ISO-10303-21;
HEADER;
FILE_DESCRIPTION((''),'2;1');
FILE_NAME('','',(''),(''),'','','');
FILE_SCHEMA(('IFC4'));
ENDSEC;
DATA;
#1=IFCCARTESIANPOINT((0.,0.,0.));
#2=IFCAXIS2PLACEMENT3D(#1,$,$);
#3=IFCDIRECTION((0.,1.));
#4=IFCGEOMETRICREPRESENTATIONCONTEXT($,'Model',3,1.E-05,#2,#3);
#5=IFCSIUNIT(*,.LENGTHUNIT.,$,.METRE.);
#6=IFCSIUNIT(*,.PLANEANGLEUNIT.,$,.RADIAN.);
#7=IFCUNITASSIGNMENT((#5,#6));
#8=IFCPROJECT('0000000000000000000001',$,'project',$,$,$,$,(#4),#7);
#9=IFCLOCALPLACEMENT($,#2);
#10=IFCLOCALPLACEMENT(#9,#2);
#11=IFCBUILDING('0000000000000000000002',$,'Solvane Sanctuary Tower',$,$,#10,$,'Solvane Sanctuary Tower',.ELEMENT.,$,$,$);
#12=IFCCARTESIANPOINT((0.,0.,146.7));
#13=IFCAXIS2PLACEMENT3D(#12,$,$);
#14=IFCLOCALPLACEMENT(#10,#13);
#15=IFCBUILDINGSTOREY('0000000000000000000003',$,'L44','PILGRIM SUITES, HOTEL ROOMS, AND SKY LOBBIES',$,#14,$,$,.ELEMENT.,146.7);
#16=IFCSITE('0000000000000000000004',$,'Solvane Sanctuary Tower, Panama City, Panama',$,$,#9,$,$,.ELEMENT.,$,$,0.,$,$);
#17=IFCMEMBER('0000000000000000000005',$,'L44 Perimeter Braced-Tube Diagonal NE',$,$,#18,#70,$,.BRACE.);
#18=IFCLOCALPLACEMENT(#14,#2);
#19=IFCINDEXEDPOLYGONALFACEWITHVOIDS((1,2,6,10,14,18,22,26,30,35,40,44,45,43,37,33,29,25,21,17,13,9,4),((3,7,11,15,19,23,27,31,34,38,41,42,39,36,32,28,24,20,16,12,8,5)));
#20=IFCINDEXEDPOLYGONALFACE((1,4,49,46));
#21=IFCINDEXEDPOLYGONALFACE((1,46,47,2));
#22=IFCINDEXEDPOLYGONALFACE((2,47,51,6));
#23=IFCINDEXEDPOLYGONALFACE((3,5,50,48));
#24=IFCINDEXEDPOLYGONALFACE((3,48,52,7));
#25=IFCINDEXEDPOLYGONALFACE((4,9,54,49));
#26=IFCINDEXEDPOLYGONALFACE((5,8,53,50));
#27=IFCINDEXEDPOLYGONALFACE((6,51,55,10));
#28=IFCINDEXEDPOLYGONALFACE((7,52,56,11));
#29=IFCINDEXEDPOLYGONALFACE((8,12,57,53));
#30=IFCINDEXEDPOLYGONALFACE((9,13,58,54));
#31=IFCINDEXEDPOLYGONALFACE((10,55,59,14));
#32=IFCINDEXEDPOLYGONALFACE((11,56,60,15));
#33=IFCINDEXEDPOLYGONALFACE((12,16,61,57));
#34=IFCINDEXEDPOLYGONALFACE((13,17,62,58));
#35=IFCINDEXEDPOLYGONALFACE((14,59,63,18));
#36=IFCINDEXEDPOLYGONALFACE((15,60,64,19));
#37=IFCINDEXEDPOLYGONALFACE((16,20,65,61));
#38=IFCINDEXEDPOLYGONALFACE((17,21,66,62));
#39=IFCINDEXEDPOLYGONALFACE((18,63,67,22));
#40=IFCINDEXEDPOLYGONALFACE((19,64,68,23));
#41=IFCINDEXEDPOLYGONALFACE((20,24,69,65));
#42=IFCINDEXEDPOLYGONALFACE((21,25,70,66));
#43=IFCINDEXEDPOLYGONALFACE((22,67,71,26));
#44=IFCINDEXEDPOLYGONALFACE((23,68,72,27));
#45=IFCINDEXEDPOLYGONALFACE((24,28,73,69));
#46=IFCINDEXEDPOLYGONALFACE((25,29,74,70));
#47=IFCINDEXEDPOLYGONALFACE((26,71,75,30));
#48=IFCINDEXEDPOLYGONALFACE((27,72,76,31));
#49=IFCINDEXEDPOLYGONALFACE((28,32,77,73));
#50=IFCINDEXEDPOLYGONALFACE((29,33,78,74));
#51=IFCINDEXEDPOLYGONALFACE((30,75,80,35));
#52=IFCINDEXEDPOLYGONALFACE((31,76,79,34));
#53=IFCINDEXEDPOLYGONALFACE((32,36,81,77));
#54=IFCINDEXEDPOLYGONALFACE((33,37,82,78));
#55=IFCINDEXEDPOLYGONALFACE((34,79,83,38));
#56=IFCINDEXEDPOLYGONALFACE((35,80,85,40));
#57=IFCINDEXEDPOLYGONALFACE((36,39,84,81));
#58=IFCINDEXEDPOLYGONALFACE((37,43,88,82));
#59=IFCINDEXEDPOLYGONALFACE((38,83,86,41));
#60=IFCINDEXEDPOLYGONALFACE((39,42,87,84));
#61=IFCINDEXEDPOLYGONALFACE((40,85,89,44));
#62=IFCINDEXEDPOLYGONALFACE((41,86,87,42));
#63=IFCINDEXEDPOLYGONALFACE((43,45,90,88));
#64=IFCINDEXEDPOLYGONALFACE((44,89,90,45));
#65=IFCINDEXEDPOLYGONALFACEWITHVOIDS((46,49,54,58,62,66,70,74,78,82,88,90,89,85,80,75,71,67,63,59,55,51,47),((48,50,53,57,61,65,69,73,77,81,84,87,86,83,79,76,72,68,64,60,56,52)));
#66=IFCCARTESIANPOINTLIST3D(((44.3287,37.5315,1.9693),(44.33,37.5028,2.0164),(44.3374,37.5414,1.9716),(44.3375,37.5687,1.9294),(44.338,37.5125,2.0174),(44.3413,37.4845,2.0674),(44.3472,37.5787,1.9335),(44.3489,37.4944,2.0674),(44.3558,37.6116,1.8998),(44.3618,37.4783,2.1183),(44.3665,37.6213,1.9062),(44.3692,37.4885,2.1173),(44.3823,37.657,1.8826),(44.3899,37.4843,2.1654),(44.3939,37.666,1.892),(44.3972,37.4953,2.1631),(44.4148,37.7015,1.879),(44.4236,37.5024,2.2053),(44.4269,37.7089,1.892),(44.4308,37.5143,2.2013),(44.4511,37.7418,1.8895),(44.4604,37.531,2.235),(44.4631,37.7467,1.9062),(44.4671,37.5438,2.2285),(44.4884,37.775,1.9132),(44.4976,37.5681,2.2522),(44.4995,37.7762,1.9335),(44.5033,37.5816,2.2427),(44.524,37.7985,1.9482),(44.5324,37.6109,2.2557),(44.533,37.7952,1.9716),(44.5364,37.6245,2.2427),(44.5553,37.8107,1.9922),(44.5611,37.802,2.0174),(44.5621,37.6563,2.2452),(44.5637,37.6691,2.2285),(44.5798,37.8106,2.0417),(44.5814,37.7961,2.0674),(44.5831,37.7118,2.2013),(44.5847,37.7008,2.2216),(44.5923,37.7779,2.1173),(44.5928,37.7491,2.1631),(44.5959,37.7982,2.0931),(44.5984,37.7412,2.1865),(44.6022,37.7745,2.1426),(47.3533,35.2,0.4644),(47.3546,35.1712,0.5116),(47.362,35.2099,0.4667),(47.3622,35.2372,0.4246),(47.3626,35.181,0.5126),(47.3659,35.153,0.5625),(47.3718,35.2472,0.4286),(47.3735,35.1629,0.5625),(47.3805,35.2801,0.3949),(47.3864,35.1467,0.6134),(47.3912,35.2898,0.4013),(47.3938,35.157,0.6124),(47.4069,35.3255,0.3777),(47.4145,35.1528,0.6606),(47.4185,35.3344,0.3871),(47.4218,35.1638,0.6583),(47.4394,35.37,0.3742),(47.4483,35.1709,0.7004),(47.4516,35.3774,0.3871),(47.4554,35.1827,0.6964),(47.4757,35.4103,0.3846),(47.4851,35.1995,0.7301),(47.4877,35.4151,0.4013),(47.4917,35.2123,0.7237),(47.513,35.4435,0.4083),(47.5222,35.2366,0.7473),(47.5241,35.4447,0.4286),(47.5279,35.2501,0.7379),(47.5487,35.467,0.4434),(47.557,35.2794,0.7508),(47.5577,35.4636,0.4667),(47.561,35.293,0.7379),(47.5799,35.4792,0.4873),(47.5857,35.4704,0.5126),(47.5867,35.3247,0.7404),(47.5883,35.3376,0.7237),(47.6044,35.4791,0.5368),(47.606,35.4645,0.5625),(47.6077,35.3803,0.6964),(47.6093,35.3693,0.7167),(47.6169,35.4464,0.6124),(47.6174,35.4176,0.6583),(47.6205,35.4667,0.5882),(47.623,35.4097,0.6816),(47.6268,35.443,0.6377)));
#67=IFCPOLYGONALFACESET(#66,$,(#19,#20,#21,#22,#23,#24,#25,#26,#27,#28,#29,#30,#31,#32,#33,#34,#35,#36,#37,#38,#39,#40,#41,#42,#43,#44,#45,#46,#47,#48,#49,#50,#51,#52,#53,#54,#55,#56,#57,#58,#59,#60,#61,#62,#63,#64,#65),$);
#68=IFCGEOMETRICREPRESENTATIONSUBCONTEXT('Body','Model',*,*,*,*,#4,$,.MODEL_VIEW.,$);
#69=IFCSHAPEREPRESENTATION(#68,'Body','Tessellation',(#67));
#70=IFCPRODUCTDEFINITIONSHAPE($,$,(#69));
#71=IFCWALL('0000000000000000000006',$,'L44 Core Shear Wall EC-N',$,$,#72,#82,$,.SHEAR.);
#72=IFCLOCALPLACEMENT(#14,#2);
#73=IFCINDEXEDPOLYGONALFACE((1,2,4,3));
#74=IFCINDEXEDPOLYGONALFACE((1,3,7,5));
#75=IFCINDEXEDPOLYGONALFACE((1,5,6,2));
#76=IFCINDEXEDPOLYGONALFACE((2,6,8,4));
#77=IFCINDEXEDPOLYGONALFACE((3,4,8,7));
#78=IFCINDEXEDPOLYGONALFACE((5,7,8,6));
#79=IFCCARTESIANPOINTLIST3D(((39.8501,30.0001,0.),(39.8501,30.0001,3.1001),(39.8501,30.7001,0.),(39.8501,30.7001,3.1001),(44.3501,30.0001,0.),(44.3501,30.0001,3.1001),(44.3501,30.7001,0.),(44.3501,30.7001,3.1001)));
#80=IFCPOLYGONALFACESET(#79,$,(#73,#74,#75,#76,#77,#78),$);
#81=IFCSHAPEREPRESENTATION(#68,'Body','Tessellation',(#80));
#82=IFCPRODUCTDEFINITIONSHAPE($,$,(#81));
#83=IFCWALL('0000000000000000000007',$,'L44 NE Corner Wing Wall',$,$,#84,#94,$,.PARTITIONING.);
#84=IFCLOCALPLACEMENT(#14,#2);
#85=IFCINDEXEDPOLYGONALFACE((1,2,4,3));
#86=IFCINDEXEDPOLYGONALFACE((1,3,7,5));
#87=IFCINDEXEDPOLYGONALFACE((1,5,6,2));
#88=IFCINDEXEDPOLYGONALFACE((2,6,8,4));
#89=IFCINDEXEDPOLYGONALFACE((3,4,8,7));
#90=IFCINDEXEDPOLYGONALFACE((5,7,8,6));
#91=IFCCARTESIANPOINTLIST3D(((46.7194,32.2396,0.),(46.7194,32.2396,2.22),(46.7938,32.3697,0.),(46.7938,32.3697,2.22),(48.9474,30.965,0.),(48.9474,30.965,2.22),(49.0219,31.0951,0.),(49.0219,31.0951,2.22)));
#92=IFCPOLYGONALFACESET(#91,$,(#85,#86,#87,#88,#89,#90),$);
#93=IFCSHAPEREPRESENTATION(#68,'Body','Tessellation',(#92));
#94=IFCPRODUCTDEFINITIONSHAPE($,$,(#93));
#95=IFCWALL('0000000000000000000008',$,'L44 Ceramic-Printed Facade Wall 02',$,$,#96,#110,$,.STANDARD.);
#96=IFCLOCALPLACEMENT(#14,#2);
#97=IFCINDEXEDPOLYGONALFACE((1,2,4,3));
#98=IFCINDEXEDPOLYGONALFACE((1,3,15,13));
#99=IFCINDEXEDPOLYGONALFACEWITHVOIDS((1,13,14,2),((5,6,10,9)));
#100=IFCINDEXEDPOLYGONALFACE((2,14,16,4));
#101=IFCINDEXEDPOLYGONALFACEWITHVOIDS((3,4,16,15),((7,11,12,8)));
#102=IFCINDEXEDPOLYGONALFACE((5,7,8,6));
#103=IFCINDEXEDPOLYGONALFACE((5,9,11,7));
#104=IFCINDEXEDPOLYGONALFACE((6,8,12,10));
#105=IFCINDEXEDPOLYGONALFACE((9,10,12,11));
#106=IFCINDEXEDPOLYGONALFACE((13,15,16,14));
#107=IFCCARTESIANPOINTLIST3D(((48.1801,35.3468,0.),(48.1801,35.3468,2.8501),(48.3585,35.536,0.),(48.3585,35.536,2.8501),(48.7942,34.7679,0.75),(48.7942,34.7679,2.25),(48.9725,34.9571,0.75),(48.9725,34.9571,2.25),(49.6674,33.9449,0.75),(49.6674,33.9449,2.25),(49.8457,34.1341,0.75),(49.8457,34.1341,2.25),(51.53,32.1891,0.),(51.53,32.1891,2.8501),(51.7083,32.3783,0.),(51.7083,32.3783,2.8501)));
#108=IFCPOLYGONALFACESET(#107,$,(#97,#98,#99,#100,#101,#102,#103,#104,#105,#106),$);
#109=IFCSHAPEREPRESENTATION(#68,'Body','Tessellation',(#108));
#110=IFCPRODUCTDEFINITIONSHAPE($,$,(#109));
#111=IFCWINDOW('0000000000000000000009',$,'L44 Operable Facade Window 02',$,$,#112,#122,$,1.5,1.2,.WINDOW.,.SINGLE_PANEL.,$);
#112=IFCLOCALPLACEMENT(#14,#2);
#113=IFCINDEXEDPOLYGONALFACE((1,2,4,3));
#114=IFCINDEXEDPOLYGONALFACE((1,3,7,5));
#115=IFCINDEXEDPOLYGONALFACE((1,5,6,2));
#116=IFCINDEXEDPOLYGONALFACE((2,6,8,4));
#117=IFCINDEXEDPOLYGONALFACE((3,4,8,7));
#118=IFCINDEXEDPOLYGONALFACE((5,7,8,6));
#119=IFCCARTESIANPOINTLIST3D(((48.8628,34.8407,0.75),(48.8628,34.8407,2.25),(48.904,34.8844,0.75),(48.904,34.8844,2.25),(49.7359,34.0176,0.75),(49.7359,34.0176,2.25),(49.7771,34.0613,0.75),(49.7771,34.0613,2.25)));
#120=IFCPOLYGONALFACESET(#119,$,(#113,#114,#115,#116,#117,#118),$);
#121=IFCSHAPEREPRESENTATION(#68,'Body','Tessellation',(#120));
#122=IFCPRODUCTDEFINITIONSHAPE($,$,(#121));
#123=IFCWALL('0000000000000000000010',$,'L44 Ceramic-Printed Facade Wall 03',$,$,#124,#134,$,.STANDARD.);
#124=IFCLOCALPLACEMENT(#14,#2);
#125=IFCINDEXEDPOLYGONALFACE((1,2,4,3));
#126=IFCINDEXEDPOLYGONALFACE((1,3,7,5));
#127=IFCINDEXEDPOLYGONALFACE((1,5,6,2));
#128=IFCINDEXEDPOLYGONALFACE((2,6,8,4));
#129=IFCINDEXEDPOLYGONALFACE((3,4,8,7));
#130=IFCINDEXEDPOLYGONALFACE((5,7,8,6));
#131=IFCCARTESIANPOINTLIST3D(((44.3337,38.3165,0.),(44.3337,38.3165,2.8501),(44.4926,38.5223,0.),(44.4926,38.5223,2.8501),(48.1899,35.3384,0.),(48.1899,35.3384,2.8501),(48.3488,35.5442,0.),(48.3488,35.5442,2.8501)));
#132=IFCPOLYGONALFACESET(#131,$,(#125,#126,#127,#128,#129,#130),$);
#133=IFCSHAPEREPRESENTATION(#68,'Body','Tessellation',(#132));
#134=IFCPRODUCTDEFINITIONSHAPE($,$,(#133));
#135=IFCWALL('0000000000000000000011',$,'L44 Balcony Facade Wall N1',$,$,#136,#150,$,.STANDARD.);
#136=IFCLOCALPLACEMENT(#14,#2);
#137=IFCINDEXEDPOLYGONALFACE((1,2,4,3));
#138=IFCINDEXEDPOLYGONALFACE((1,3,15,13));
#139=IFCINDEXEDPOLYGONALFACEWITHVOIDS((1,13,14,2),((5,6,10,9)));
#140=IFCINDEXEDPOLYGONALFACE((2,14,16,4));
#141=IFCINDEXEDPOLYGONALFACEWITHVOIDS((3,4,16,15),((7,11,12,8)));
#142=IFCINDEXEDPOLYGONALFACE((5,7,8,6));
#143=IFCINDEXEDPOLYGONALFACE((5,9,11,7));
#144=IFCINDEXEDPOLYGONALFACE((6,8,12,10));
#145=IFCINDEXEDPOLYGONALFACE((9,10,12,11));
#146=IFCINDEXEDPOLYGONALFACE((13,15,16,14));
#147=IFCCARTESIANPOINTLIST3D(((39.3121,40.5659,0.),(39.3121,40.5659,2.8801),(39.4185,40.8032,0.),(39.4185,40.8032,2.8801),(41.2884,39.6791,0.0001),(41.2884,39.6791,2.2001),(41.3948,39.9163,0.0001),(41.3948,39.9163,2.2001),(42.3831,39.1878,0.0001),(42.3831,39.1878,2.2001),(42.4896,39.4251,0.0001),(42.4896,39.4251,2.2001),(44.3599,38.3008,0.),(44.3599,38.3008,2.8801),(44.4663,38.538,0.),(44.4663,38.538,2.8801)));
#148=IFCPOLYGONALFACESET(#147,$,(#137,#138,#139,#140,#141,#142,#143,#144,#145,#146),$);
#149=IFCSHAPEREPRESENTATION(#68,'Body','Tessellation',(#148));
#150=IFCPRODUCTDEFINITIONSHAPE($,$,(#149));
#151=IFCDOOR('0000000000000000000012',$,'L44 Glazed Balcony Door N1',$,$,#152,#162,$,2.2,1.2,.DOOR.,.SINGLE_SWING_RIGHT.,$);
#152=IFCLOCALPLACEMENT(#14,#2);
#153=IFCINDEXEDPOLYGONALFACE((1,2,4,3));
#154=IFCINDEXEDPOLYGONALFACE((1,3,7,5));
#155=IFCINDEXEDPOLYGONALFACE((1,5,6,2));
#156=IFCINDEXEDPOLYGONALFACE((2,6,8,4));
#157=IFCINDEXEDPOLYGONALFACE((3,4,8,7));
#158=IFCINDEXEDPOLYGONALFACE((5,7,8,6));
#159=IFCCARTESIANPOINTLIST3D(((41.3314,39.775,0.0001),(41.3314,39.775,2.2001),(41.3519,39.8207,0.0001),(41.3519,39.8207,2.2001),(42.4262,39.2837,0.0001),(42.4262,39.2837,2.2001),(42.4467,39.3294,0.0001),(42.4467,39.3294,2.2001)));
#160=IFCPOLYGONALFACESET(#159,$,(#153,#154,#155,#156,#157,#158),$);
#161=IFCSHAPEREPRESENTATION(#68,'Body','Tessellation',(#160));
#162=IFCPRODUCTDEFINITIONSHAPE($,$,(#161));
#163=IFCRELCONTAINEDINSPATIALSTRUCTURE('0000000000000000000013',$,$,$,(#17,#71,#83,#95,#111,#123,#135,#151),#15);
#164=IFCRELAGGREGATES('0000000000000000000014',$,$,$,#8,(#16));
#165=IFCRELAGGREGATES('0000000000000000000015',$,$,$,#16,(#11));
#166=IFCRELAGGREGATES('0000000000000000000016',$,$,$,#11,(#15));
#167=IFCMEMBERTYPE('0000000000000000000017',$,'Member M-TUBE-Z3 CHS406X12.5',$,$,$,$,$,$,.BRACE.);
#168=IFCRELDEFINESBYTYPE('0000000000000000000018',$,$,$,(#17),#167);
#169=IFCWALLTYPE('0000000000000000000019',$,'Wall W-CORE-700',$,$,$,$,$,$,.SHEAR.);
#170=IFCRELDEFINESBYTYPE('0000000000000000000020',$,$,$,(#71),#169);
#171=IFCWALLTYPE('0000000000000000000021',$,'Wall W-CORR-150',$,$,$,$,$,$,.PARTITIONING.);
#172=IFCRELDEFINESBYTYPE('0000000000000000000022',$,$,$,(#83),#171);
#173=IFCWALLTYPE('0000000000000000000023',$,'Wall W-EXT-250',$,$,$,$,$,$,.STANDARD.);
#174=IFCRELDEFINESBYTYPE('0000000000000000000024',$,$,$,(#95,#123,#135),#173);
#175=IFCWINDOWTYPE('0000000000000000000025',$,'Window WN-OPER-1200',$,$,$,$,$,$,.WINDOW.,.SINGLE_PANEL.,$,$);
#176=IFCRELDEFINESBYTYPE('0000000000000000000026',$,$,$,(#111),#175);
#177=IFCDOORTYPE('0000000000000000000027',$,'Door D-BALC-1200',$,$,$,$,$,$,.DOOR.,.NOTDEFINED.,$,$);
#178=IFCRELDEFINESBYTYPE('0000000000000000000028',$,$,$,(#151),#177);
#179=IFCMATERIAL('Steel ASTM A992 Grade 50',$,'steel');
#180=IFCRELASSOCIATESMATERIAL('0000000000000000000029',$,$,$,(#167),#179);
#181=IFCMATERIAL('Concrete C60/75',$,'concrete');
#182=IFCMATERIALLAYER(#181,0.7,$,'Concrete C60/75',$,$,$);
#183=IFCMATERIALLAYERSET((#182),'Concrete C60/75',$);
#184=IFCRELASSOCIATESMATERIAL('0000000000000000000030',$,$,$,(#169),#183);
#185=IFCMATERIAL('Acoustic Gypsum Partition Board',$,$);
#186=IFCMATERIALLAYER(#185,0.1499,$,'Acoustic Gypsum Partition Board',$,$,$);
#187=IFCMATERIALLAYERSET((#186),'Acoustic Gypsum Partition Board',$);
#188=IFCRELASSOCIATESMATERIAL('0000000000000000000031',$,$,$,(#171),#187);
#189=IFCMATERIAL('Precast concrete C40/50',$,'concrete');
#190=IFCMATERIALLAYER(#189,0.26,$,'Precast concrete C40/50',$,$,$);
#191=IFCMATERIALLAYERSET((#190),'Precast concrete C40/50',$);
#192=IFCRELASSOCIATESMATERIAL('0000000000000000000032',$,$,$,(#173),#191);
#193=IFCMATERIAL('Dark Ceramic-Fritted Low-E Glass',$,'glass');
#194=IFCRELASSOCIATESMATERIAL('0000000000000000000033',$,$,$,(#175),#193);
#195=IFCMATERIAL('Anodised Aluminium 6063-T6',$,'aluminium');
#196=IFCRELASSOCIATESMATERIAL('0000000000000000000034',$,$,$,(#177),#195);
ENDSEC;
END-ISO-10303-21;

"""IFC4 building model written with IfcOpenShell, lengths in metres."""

from ifc_helpers import new_model, si_unit, direction, frame, frame_2d, origin, origin_2d, place, context, subcontext, project, spatial, rectangle, hollow_circle, extrude, material, layer, layer_set, material_profile, profile_set, type_object, element, fill, save


model = new_model("IFC4")

# Units and contexts
model_context = context("Model", 3, precision=1e-05, world=origin(), true_north=direction((0.0, 1.0)))
body_context = subcontext(model_context, "Body", "Model", "MODEL_VIEW")
ifc_project = project(units=[si_unit("LENGTHUNIT", "METRE"), si_unit("PLANEANGLEUNIT", "RADIAN")], contexts=[model_context])

# Site, building, storey
site_placement = place(None, origin())
site = spatial("IfcSite", under=ifc_project, at=site_placement, Name="Solvane Sanctuary Tower, Panama City, Panama", CompositionType="ELEMENT", RefElevation=0.0)
building_placement = place(site_placement, origin())
building = spatial("IfcBuilding", under=site, at=building_placement, Name="Solvane Sanctuary Tower", LongName="Solvane Sanctuary Tower", CompositionType="ELEMENT")
storey_placement = place(building_placement, frame((0.0, 0.0, 146.7)))
storey = spatial("IfcBuildingStorey", under=building, at=storey_placement, Name="L44", Description="PILGRIM SUITES, HOTEL ROOMS, AND SKY LOBBIES", CompositionType="ELEMENT", Elevation=146.7)

# Shared definitions
ifc_material_1 = material(Name="Concrete C60/75", Category="concrete")

# Shared definitions
ifc_material_2 = material(Name="Steel ASTM A992 Grade 50", Category="steel")

# Member
ifc_material_profile_1 = material_profile(ifc_material_2, hollow_circle(Radius=0.2029, WallThickness=0.0125, at=origin_2d()), Name="CHS406X12.5")
ifc_profile_set_1 = profile_set([ifc_material_profile_1], Name="Steel ASTM A992 Grade 50")
member_type = type_object("IfcMemberType", Name="Member M-TUBE-Z3 CHS406X12.5", PredefinedType="BRACE", material=ifc_profile_set_1)
member_placement = place(storey_placement, frame((47.4897, 35.3137, 0.5625), z_axis=(-0.73686, 0.568005, 0.366616), x_axis=(-0.610514, -0.792006, 0.0)))
element("IfcMember", 1, at=member_placement, inside=storey, type_object=member_type, Name="L44 Perimeter Braced-Tube Diagonal NE", PredefinedType="BRACE", context=body_context, shape_type="SweptSolid", body=[
    extrude(hollow_circle(Radius=0.2029, WallThickness=0.0125, at=origin_2d()), origin(), (0.0, 0.0, 1.0), 4.1047),
])

# Walls
ifc_layer_1 = layer(ifc_material_1, 0.7, Name="Concrete C60/75")
ifc_layer_set_1 = layer_set([ifc_layer_1], Name="Concrete C60/75")
wall_type_1 = type_object("IfcWallType", Name="Wall W-CORE-700", PredefinedType="SHEAR", material=ifc_layer_set_1)
wall_1_placement = place(storey_placement, frame((39.8501, 30.3501, 0.0), z_axis=(0.0, 0.0, 1.0), x_axis=(1.0, 0.0, 0.0)))
element("IfcWall", 2, at=wall_1_placement, inside=storey, type_object=wall_type_1, Name="L44 Core Shear Wall EC-N", PredefinedType="SHEAR", context=body_context, shape_type="SweptSolid", body=[
    extrude(rectangle(XDim=4.5, YDim=0.7, at=frame_2d((2.25, 0.0))), origin(), (0.0, 0.0, 1.0), 3.1001),
])
ifc_material_3 = material(Name="Acoustic Gypsum Partition Board")
ifc_layer_2 = layer(ifc_material_3, 0.1499, Name="Acoustic Gypsum Partition Board")
ifc_layer_set_2 = layer_set([ifc_layer_2], Name="Acoustic Gypsum Partition Board")
wall_type_2 = type_object("IfcWallType", Name="Wall W-CORR-150", PredefinedType="PARTITIONING", material=ifc_layer_set_2)
wall_2_placement = place(storey_placement, frame((46.7566, 32.3047, 0.0), z_axis=(0.0, 0.0, 1.0), x_axis=(0.867991, -0.496579, 0.0)))
element("IfcWall", 3, at=wall_2_placement, inside=storey, type_object=wall_type_2, Name="L44 NE Corner Wing Wall", PredefinedType="PARTITIONING", context=body_context, shape_type="SweptSolid", body=[
    extrude(rectangle(XDim=2.5669, YDim=0.1499, at=frame_2d((1.2834, 0.0))), origin(), (0.0, 0.0, 1.0), 2.22),
])

# Wall, opening, window
ifc_material_4 = material(Name="Precast concrete C40/50", Category="concrete")
ifc_layer_3 = layer(ifc_material_4, 0.26, Name="Precast concrete C40/50")
ifc_layer_set_3 = layer_set([ifc_layer_3], Name="Precast concrete C40/50")
wall_type_3 = type_object("IfcWallType", Name="Wall W-EXT-250", PredefinedType="STANDARD", material=ifc_layer_set_3)
wall_3_placement = place(storey_placement, frame((51.6191, 32.2837, 0.0), z_axis=(0.0, 0.0, 1.0), x_axis=(-0.727667, 0.68593, 0.0)))
wall_3 = element("IfcWall", 4, at=wall_3_placement, inside=storey, type_object=wall_type_3, Name="L44 Ceramic-Printed Facade Wall 02", PredefinedType="STANDARD", context=body_context, shape_type="SweptSolid", body=[
    extrude(rectangle(XDim=4.6035, YDim=0.26, at=frame_2d((2.3018, 0.0))), origin(), (0.0, 0.0, 1.0), 2.8501),
])
opening_1_placement = place(wall_3_placement, frame((2.5596, 0.0, 0.75)))
opening_1 = element("IfcOpeningElement", 5, at=opening_1_placement, cuts=wall_3, PredefinedType="OPENING", context=body_context, shape_type="SweptSolid", body=[
    extrude(rectangle(XDim=1.2, YDim=1.5, at=frame_2d((0.6001, 0.75))), frame((0.0, 0.1399, 0.0), z_axis=(0.0, -1.0, 0.0), x_axis=(1.0, 0.0, 0.0)), (0.0, 0.0, 1.0), 0.28),
])
ifc_material_5 = material(Name="Dark Ceramic-Fritted Low-E Glass", Category="glass")
window_type_1 = type_object("IfcWindowType", Name="Window WN-OPER-1200", PartitioningType="SINGLE_PANEL", PredefinedType="WINDOW", material=ifc_material_5)
window_1_placement = place(opening_1_placement, origin())
window_1 = element("IfcWindow", 6, at=window_1_placement, inside=storey, type_object=window_type_1, Name="L44 Operable Facade Window 02", OverallHeight=1.5, OverallWidth=1.2, PartitioningType="SINGLE_PANEL", PredefinedType="WINDOW", context=body_context, shape_type="SweptSolid", body=[
    extrude(rectangle(XDim=1.2, YDim=1.5, at=frame_2d((0.6001, 0.75))), frame((0.0, 0.03, 0.0), z_axis=(0.0, -1.0, 0.0), x_axis=(1.0, 0.0, 0.0)), (0.0, 0.0, 1.0), 0.0601),
])
fill(opening_1, window_1)

# Wall
wall_4_placement = place(storey_placement, frame((48.2693, 35.4414, 0.0), z_axis=(0.0, 0.0, 1.0), x_axis=(-0.79146, 0.611221, 0.0)))
element("IfcWall", 7, at=wall_4_placement, inside=storey, type_object=wall_type_3, Name="L44 Ceramic-Printed Facade Wall 03", PredefinedType="STANDARD", context=body_context, shape_type="SweptSolid", body=[
    extrude(rectangle(XDim=4.8723, YDim=0.26, at=frame_2d((2.436, 0.0))), origin(), (0.0, 0.0, 1.0), 2.8501),
])

# Wall, opening, door
wall_5_placement = place(storey_placement, frame((44.4131, 38.4194, 0.0), z_axis=(0.0, 0.0, 1.0), x_axis=(-0.912354, 0.409403, 0.0)))
wall_5 = element("IfcWall", 8, at=wall_5_placement, inside=storey, type_object=wall_type_3, Name="L44 Balcony Facade Wall N1", PredefinedType="STANDARD", context=body_context, shape_type="SweptSolid", body=[
    extrude(rectangle(XDim=5.5327, YDim=0.26, at=frame_2d((2.7664, 0.0))), origin(), (0.0, 0.0, 1.0), 2.8801),
])
opening_2_placement = place(wall_5_placement, frame((2.1665, 0.0, 0.0)))
opening_2 = element("IfcOpeningElement", 9, at=opening_2_placement, cuts=wall_5, PredefinedType="OPENING", context=body_context, shape_type="SweptSolid", body=[
    extrude(rectangle(XDim=1.2, YDim=2.2, at=frame_2d((0.6001, 1.1001))), frame((0.0, 0.1399, 0.0), z_axis=(0.0, -1.0, 0.0), x_axis=(1.0, 0.0, 0.0)), (0.0, 0.0, 1.0), 0.28),
])
ifc_material_6 = material(Name="Anodised Aluminium 6063-T6", Category="aluminium")
door_type_1 = type_object("IfcDoorType", Name="Door D-BALC-1200", OperationType="NOTDEFINED", PredefinedType="DOOR", material=ifc_material_6)
door_1_placement = place(opening_2_placement, origin())
door_1 = element("IfcDoor", 10, at=door_1_placement, inside=storey, type_object=door_type_1, Name="L44 Glazed Balcony Door N1", OperationType="SINGLE_SWING_RIGHT", OverallHeight=2.2, OverallWidth=1.2, PredefinedType="DOOR", context=body_context, shape_type="SweptSolid", body=[
    extrude(rectangle(XDim=1.2, YDim=2.2, at=frame_2d((0.6001, 1.1001))), frame((0.0, 0.0249, 0.0), z_axis=(0.0, -1.0, 0.0), x_axis=(1.0, 0.0, 0.0)), (0.0, 0.0, 1.0), 0.05),
])
fill(opening_2, door_1)

save(model, "model.ifc")
